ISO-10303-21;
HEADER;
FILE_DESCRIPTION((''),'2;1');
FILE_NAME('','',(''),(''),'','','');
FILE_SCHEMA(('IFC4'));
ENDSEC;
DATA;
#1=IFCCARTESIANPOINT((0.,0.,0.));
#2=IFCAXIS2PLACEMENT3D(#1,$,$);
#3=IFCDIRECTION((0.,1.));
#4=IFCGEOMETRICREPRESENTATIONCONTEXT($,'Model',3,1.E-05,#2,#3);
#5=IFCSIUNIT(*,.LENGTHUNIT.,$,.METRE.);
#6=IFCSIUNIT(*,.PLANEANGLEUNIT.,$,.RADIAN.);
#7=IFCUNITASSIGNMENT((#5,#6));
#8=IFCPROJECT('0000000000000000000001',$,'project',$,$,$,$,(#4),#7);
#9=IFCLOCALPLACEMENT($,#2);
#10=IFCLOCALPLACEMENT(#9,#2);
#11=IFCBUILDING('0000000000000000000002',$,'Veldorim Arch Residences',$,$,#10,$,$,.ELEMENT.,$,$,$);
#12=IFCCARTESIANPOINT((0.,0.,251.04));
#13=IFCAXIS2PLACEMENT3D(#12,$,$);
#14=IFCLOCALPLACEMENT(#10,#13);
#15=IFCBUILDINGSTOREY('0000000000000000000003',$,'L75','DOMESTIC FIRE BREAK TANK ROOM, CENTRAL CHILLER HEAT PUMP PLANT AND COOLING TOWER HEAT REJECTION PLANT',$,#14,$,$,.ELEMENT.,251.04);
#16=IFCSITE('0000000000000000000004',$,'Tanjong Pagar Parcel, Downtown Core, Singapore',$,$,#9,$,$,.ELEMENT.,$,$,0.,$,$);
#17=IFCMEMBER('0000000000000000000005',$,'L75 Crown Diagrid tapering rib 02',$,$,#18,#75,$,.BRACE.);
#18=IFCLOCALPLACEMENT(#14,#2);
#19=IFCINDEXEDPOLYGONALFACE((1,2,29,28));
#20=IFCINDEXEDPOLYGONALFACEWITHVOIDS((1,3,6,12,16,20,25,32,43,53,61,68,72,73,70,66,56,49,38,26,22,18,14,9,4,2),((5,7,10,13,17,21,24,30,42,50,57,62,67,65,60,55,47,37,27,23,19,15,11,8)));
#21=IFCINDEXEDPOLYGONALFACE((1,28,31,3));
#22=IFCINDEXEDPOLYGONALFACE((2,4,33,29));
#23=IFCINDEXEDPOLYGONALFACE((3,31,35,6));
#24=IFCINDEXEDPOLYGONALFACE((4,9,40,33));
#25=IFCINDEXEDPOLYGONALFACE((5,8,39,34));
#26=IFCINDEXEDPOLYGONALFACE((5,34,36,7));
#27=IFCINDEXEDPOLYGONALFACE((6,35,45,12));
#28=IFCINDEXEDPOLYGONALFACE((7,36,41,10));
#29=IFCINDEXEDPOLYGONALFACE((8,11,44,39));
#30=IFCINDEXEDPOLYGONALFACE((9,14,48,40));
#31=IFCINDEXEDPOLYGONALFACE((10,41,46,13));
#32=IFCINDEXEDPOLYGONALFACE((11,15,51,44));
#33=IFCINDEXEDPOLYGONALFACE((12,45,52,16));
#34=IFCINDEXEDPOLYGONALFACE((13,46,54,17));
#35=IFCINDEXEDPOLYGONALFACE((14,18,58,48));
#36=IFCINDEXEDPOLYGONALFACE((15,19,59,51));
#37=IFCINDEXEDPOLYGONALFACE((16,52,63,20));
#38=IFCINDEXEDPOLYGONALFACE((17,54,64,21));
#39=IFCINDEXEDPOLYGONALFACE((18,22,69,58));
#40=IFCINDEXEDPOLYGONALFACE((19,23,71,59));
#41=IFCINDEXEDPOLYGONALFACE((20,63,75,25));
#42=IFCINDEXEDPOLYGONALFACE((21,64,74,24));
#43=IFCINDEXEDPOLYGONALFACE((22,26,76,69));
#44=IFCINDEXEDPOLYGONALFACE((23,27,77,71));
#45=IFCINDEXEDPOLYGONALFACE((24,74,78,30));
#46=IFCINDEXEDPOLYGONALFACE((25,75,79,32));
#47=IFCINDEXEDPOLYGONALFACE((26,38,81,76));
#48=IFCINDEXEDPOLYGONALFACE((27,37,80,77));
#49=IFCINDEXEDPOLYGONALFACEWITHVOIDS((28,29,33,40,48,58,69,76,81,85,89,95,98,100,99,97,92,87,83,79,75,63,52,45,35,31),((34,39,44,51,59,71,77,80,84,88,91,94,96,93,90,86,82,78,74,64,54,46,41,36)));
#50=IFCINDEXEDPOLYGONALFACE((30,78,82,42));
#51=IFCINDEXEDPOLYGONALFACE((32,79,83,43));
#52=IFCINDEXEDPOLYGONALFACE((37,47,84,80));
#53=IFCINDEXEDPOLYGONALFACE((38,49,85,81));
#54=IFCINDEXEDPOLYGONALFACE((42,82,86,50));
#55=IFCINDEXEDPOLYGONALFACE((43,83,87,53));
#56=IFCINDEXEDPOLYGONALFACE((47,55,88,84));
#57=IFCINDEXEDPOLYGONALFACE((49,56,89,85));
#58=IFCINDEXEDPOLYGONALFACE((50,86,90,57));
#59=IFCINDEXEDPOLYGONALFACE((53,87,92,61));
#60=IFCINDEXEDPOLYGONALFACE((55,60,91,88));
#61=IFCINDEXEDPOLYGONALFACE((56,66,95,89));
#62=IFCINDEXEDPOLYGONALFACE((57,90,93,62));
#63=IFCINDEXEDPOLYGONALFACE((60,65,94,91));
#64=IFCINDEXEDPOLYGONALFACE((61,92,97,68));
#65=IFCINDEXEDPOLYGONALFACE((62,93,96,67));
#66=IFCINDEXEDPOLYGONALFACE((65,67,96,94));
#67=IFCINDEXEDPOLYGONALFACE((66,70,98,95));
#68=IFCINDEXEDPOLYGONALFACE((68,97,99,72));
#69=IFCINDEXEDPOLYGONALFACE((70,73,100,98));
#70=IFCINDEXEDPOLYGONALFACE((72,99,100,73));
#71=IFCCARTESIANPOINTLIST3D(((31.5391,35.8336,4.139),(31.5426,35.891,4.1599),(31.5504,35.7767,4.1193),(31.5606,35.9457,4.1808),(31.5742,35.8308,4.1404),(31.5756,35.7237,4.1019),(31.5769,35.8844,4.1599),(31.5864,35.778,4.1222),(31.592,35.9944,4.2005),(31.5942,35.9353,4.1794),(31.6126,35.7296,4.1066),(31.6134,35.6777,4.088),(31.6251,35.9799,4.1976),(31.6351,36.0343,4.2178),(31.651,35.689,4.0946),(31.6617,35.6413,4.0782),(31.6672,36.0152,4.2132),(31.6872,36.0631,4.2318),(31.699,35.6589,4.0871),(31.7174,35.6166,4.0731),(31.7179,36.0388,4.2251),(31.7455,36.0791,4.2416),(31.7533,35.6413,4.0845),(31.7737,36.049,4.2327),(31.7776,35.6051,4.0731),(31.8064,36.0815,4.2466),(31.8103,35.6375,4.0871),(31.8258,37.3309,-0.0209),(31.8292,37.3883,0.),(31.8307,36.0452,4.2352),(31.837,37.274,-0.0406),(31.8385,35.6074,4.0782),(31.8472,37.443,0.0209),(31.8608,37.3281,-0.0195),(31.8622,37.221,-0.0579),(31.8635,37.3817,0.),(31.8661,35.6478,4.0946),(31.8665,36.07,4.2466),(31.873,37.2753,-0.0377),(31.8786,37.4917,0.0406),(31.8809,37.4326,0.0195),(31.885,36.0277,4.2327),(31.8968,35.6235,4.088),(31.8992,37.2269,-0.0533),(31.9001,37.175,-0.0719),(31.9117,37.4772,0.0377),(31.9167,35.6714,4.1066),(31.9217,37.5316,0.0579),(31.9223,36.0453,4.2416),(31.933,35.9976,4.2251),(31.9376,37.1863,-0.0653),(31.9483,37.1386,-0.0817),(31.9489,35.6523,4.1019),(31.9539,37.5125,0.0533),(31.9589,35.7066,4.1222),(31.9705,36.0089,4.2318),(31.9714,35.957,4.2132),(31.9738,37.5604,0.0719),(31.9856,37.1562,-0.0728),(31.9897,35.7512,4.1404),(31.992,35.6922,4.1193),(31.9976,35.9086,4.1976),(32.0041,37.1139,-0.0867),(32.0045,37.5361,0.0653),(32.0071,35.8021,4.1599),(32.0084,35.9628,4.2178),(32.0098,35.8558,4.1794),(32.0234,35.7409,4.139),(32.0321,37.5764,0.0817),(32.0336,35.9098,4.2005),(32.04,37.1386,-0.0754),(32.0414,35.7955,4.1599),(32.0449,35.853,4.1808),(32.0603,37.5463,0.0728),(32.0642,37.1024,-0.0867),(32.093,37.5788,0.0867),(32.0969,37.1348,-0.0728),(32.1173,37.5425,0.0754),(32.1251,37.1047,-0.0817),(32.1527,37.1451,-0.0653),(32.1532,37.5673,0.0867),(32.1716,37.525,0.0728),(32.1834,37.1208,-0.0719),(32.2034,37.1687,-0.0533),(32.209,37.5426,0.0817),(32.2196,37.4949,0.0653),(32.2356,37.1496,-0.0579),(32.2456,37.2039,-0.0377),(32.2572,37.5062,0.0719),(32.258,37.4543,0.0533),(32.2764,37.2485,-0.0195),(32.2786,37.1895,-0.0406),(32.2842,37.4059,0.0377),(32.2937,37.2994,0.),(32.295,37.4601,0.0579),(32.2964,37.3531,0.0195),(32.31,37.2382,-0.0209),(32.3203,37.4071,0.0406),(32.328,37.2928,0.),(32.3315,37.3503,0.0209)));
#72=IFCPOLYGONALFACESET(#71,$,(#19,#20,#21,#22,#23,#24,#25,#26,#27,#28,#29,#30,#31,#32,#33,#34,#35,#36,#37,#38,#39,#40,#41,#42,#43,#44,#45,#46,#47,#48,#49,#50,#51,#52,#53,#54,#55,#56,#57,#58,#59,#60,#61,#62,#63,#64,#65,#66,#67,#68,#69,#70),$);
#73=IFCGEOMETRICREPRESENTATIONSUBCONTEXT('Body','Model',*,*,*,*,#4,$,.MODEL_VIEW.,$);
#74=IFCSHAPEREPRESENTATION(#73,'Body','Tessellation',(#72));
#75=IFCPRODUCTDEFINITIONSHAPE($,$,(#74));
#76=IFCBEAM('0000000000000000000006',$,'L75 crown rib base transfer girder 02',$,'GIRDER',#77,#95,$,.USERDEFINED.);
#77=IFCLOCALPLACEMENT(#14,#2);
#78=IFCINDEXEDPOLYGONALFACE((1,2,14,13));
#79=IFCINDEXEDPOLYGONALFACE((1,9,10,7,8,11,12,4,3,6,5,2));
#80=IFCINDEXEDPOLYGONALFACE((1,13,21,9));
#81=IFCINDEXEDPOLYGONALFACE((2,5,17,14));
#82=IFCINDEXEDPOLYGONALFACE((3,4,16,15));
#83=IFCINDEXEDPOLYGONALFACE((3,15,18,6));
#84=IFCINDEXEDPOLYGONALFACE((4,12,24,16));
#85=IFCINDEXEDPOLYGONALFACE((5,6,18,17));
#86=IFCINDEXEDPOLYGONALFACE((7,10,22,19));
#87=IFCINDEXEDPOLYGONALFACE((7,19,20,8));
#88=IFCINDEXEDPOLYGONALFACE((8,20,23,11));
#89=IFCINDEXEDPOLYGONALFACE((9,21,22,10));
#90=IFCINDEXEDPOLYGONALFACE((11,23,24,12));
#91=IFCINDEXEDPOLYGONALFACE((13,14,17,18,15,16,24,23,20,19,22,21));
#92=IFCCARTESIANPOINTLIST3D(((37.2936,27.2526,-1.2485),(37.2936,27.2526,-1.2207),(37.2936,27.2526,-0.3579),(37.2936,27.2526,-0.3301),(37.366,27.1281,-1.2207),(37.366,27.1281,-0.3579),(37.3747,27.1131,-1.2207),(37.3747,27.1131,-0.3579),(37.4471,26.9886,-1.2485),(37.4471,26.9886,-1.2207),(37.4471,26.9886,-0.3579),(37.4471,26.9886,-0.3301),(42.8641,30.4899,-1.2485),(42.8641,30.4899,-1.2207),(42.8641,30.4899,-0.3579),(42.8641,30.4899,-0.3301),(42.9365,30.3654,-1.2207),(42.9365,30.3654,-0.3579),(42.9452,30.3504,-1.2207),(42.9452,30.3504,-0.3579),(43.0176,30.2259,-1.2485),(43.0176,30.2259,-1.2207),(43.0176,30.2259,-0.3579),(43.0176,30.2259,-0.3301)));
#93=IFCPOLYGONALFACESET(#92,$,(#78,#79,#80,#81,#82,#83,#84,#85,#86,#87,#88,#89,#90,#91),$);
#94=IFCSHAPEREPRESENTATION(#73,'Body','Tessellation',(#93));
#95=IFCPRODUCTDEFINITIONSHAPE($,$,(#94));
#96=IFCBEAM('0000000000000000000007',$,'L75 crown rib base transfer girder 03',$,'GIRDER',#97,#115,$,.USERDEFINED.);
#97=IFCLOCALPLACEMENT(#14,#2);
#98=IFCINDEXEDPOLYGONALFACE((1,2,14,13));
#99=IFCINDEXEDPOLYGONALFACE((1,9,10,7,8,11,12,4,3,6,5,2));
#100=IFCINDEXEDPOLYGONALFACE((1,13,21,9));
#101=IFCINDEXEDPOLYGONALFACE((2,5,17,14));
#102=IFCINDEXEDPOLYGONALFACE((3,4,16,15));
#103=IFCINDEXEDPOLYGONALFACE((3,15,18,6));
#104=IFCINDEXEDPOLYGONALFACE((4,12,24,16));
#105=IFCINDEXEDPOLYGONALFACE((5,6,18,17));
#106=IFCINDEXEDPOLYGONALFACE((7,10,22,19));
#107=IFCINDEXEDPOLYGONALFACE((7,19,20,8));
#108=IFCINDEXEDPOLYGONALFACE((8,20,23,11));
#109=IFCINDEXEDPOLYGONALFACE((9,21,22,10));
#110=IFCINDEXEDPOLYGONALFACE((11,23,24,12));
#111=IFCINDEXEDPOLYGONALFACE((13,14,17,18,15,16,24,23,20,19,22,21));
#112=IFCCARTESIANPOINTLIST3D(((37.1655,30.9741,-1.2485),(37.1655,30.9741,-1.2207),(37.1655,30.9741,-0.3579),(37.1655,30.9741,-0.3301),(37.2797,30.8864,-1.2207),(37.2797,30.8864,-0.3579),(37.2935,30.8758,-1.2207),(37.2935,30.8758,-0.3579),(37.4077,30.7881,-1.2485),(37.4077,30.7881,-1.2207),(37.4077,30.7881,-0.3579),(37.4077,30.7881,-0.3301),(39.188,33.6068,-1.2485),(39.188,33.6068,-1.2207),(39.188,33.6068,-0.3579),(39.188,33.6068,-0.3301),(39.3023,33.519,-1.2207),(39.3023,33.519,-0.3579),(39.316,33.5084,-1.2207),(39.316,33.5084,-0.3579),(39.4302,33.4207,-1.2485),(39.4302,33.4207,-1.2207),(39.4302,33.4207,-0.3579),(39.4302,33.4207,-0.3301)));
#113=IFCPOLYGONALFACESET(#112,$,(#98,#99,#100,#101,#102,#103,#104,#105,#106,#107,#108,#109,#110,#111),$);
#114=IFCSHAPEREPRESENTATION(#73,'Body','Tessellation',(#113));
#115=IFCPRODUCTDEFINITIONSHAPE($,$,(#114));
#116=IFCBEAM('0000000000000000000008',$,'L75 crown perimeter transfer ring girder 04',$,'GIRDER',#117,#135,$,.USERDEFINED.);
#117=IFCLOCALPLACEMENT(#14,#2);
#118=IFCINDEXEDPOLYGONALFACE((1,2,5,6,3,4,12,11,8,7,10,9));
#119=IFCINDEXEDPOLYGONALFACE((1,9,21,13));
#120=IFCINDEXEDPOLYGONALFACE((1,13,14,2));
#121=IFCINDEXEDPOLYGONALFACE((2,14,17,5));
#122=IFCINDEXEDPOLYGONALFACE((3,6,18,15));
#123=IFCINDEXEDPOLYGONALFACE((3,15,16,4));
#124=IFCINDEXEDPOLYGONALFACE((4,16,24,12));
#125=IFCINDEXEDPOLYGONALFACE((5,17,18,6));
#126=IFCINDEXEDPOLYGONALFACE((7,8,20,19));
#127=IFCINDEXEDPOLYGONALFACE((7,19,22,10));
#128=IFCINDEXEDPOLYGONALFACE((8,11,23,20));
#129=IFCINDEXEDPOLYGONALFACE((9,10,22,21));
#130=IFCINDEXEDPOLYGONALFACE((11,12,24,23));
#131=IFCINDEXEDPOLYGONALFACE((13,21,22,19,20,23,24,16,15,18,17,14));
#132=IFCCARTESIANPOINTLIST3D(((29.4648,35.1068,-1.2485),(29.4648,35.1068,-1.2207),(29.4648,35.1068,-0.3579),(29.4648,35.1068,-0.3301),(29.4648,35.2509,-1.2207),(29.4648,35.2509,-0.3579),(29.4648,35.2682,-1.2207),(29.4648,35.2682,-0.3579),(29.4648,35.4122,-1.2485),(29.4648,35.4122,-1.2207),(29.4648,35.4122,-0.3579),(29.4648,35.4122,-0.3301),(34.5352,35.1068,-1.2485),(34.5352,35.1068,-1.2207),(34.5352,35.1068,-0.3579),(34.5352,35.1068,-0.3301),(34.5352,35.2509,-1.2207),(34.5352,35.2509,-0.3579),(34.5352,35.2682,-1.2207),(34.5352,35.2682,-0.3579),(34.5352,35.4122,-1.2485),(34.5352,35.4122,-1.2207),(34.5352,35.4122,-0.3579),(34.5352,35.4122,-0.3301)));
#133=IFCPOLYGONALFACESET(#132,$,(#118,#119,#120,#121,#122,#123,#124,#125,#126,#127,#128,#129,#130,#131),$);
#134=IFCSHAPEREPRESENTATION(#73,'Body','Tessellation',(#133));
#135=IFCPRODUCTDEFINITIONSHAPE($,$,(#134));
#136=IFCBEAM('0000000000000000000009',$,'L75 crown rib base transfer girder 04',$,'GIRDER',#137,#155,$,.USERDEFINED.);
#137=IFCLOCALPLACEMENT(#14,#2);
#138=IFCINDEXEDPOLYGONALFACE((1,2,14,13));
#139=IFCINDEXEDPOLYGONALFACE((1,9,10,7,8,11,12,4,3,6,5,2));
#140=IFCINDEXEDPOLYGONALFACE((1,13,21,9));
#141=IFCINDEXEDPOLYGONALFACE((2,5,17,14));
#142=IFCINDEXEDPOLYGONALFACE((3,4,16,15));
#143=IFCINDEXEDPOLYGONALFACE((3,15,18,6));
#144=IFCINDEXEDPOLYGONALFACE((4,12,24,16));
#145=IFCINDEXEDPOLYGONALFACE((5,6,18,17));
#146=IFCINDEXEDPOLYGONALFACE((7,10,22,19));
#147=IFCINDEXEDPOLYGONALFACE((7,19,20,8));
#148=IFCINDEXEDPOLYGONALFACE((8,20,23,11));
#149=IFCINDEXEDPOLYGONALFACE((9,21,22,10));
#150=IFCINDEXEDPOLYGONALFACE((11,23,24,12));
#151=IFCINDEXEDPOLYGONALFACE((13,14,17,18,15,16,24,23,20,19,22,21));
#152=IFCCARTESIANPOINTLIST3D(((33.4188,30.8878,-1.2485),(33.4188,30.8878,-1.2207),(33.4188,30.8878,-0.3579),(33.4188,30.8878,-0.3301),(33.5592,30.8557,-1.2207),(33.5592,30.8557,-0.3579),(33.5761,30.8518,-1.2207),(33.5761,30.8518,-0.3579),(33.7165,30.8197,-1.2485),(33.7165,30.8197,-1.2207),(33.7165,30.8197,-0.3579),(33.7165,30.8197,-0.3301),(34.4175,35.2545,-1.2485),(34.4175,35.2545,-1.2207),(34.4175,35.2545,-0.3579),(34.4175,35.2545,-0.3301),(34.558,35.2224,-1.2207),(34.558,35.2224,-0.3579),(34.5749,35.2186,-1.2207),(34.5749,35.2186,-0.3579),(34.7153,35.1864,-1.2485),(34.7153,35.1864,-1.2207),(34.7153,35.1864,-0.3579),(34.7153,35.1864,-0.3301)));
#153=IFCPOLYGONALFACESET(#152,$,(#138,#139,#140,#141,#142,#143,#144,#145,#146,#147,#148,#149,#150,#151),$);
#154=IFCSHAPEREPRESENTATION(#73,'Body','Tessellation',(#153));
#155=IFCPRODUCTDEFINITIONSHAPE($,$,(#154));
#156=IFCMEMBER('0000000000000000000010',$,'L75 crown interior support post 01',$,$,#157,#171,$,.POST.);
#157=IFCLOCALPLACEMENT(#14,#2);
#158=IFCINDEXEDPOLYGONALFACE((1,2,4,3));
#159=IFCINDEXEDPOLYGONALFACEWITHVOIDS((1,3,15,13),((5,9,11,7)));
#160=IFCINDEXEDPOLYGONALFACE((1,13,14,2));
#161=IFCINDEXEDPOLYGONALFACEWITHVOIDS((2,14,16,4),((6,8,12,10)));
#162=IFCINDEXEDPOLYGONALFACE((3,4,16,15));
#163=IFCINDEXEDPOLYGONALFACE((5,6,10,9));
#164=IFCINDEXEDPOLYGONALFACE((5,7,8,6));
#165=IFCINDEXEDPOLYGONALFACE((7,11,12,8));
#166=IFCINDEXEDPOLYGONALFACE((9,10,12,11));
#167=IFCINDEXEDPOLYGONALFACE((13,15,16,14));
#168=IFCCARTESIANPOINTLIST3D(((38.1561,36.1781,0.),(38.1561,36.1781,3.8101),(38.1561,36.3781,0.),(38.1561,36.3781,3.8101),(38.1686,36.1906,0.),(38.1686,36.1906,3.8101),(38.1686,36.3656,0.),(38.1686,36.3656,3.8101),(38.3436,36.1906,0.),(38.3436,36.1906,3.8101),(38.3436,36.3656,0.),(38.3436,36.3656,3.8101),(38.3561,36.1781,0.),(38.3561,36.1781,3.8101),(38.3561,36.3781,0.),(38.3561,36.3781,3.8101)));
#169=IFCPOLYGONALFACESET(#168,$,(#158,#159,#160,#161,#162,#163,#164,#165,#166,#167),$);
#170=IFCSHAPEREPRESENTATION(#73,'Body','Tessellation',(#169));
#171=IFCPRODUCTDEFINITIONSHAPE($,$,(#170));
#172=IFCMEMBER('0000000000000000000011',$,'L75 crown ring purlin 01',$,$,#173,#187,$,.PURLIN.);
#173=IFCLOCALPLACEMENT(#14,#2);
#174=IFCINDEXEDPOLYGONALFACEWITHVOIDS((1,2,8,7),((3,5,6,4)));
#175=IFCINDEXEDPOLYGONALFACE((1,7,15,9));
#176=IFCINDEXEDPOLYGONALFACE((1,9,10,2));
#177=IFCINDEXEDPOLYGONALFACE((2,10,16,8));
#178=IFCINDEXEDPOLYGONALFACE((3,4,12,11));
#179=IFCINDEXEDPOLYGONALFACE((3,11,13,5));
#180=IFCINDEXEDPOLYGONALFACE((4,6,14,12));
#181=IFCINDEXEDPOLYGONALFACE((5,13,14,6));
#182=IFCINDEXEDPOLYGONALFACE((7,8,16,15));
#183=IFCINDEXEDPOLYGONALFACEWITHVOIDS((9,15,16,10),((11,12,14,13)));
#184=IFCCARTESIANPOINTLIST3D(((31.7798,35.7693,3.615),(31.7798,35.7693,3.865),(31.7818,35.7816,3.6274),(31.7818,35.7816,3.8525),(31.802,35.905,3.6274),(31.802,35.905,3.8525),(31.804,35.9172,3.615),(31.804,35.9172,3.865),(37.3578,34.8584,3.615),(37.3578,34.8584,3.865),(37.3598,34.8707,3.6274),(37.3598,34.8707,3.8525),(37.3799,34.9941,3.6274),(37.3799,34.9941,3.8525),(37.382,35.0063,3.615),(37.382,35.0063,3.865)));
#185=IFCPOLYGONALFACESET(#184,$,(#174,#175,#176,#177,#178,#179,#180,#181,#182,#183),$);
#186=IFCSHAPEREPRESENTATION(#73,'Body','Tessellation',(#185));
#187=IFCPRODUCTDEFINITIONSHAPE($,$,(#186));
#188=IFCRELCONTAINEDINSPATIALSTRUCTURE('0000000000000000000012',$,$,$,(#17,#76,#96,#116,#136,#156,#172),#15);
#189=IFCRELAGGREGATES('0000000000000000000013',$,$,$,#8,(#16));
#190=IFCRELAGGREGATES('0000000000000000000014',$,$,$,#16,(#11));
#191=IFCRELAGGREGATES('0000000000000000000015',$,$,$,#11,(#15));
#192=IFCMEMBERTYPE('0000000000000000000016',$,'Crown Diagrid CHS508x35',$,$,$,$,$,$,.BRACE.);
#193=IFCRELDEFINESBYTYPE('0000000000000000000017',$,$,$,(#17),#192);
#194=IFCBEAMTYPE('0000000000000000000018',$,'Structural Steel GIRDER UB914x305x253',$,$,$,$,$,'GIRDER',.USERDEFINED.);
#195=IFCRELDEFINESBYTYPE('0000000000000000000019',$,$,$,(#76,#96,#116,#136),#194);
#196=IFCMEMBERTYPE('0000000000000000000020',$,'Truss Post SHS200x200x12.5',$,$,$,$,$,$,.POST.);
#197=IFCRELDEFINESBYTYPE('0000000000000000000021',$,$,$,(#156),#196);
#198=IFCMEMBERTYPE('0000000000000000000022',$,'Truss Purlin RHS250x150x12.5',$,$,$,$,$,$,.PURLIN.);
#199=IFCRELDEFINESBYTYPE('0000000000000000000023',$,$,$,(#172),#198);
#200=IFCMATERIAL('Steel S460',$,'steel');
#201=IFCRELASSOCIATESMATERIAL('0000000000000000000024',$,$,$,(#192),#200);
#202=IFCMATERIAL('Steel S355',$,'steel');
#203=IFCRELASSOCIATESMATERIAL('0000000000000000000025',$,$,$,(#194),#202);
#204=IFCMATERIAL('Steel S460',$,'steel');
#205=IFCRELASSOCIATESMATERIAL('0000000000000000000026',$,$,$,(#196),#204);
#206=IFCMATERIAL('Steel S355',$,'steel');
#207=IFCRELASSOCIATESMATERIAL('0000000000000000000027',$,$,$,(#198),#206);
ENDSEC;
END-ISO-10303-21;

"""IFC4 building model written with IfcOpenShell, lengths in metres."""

from ifc_helpers import new_model, si_unit, direction, frame, origin, origin_2d, place, context, subcontext, project, spatial, hollow_rectangle, hollow_circle, i_section, extrude, material, material_profile, profile_set, type_object, element, save


model = new_model("IFC4")

# Units and contexts
model_context = context("Model", 3, precision=1e-05, world=origin(), true_north=direction((0.0, 1.0)))
body_context = subcontext(model_context, "Body", "Model", "MODEL_VIEW")
ifc_project = project(units=[si_unit("LENGTHUNIT", "METRE"), si_unit("PLANEANGLEUNIT", "RADIAN")], contexts=[model_context])

# Site, building, storey
site_placement = place(None, origin())
site = spatial("IfcSite", under=ifc_project, at=site_placement, Name="Tanjong Pagar Parcel, Downtown Core, Singapore", CompositionType="ELEMENT", RefElevation=0.0)
building_placement = place(site_placement, origin())
building = spatial("IfcBuilding", under=site, at=building_placement, Name="Veldorim Arch Residences", CompositionType="ELEMENT")
storey_placement = place(building_placement, frame((0.0, 0.0, 251.04)))
storey = spatial("IfcBuildingStorey", under=building, at=storey_placement, Name="L75", Description="DOMESTIC FIRE BREAK TANK ROOM, CENTRAL CHILLER HEAT PUMP PLANT AND COOLING TOWER HEAT REJECTION PLANT", CompositionType="ELEMENT", Elevation=251.04)

# Member
ifc_material_1 = material(Name="Steel S460", Category="steel")
ifc_material_profile_1 = material_profile(ifc_material_1, hollow_circle(Radius=0.2539, WallThickness=0.0349, at=origin_2d()), Name="CHS508x35")
ifc_profile_set_1 = profile_set([ifc_material_profile_1], Name="Steel S460")
member_type_1 = type_object("IfcMemberType", Name="Crown Diagrid CHS508x35", PredefinedType="BRACE", material=ifc_profile_set_1)
member_1_placement = place(storey_placement, frame((32.0786, 37.3406, 0.0), z_axis=(-0.064693, -0.337959, 0.938935), x_axis=(0.982167, -0.18801, 0.0)))
element("IfcMember", 1, at=member_1_placement, inside=storey, type_object=member_type_1, Name="L75 Crown Diagrid tapering rib 02", PredefinedType="BRACE", context=body_context, shape_type="SweptSolid", body=[
    extrude(hollow_circle(Radius=0.2539, WallThickness=0.0349, at=origin_2d()), origin(), (0.0, 0.0, 1.0), 4.4304),
])

# Beams
ifc_material_2 = material(Name="Steel S355", Category="steel")
ifc_material_profile_2 = material_profile(ifc_material_2, i_section(OverallWidth=0.3054, OverallDepth=0.9185, WebThickness=0.0173, FlangeThickness=0.0278, at=origin_2d()), Name="UB914x305x253")
ifc_profile_set_2 = profile_set([ifc_material_profile_2], Name="Steel S355")
beam_type = type_object("IfcBeamType", Name="Structural Steel GIRDER UB914x305x253", ElementType="GIRDER", PredefinedType="USERDEFINED", material=ifc_profile_set_2)
beam_1_placement = place(storey_placement, frame((37.3704, 27.1206, -0.7893), z_axis=(0.864601, 0.502459, 0.0), x_axis=(-0.502459, 0.864601, 0.0)))
element("IfcBeam", 2, at=beam_1_placement, inside=storey, type_object=beam_type, Name="L75 crown rib base transfer girder 02", ObjectType="GIRDER", PredefinedType="USERDEFINED", context=body_context, shape_type="SweptSolid", body=[
    extrude(i_section(OverallWidth=0.3054, OverallDepth=0.9185, WebThickness=0.0173, FlangeThickness=0.0278, at=origin_2d()), origin(), (0.0, 0.0, 1.0), 6.4429),
])
beam_2_placement = place(storey_placement, frame((37.2866, 30.8811, -0.7893), z_axis=(0.60922, 0.793001, 0.0), x_axis=(-0.793001, 0.60922, 0.0)))
element("IfcBeam", 3, at=beam_2_placement, inside=storey, type_object=beam_type, Name="L75 crown rib base transfer girder 03", ObjectType="GIRDER", PredefinedType="USERDEFINED", context=body_context, shape_type="SweptSolid", body=[
    extrude(i_section(OverallWidth=0.3054, OverallDepth=0.9185, WebThickness=0.0173, FlangeThickness=0.0278, at=origin_2d()), origin(), (0.0, 0.0, 1.0), 3.3198),
])
beam_3_placement = place(storey_placement, frame((34.5352, 35.2595, -0.7893), z_axis=(-1.0, 0.0, 0.0), x_axis=(0.0, -1.0, 0.0)))
element("IfcBeam", 4, at=beam_3_placement, inside=storey, type_object=beam_type, Name="L75 crown perimeter transfer ring girder 04", ObjectType="GIRDER", PredefinedType="USERDEFINED", context=body_context, shape_type="SweptSolid", body=[
    extrude(i_section(OverallWidth=0.3054, OverallDepth=0.9185, WebThickness=0.0173, FlangeThickness=0.0278, at=origin_2d()), origin(), (0.0, 0.0, 1.0), 5.0703),
])
beam_4_placement = place(storey_placement, frame((33.5676, 30.8538, -0.7893), z_axis=(0.222968, 0.974826, 0.0), x_axis=(-0.974826, 0.222968, 0.0)))
element("IfcBeam", 5, at=beam_4_placement, inside=storey, type_object=beam_type, Name="L75 crown rib base transfer girder 04", ObjectType="GIRDER", PredefinedType="USERDEFINED", context=body_context, shape_type="SweptSolid", body=[
    extrude(i_section(OverallWidth=0.3054, OverallDepth=0.9185, WebThickness=0.0173, FlangeThickness=0.0278, at=origin_2d()), origin(), (0.0, 0.0, 1.0), 4.4795),
])

# Members
ifc_material_3 = material(Name="Steel S460", Category="steel")
ifc_material_profile_3 = material_profile(ifc_material_3, hollow_rectangle(XDim=0.2, YDim=0.2, WallThickness=0.0125, at=origin_2d()), Name="SHS200x200x12.5")
ifc_profile_set_3 = profile_set([ifc_material_profile_3], Name="Steel S460")
member_type_2 = type_object("IfcMemberType", Name="Truss Post SHS200x200x12.5", PredefinedType="POST", material=ifc_profile_set_3)
member_2_placement = place(storey_placement, frame((38.2561, 36.2781, 0.0), z_axis=(0.0, 0.0, 1.0), x_axis=(1.0, 0.0, 0.0)))
element("IfcMember", 6, at=member_2_placement, inside=storey, type_object=member_type_2, Name="L75 crown interior support post 01", PredefinedType="POST", context=body_context, shape_type="SweptSolid", body=[
    extrude(hollow_rectangle(XDim=0.2, YDim=0.2, WallThickness=0.0125, at=origin_2d()), origin(), (0.0, 0.0, 1.0), 3.8101),
])
ifc_material_4 = material(Name="Steel S355", Category="steel")
ifc_material_profile_4 = material_profile(ifc_material_4, hollow_rectangle(XDim=0.1499, YDim=0.25, WallThickness=0.0125, at=origin_2d()), Name="RHS250x150x12.5")
ifc_profile_set_4 = profile_set([ifc_material_profile_4], Name="Steel S355")
member_type_3 = type_object("IfcMemberType", Name="Truss Purlin RHS250x150x12.5", PredefinedType="PURLIN", material=ifc_profile_set_4)
member_3_placement = place(storey_placement, frame((37.3699, 34.9324, 3.74), z_axis=(-0.986927, 0.161169, 0.0), x_axis=(-0.161169, -0.986927, 0.0)))
element("IfcMember", 7, at=member_3_placement, inside=storey, type_object=member_type_3, Name="L75 crown ring purlin 01", PredefinedType="PURLIN", context=body_context, shape_type="SweptSolid", body=[
    extrude(hollow_rectangle(XDim=0.1499, YDim=0.25, WallThickness=0.0125, at=origin_2d()), origin(), (0.0, 0.0, 1.0), 5.6519),
])

save(model, "model.ifc")
